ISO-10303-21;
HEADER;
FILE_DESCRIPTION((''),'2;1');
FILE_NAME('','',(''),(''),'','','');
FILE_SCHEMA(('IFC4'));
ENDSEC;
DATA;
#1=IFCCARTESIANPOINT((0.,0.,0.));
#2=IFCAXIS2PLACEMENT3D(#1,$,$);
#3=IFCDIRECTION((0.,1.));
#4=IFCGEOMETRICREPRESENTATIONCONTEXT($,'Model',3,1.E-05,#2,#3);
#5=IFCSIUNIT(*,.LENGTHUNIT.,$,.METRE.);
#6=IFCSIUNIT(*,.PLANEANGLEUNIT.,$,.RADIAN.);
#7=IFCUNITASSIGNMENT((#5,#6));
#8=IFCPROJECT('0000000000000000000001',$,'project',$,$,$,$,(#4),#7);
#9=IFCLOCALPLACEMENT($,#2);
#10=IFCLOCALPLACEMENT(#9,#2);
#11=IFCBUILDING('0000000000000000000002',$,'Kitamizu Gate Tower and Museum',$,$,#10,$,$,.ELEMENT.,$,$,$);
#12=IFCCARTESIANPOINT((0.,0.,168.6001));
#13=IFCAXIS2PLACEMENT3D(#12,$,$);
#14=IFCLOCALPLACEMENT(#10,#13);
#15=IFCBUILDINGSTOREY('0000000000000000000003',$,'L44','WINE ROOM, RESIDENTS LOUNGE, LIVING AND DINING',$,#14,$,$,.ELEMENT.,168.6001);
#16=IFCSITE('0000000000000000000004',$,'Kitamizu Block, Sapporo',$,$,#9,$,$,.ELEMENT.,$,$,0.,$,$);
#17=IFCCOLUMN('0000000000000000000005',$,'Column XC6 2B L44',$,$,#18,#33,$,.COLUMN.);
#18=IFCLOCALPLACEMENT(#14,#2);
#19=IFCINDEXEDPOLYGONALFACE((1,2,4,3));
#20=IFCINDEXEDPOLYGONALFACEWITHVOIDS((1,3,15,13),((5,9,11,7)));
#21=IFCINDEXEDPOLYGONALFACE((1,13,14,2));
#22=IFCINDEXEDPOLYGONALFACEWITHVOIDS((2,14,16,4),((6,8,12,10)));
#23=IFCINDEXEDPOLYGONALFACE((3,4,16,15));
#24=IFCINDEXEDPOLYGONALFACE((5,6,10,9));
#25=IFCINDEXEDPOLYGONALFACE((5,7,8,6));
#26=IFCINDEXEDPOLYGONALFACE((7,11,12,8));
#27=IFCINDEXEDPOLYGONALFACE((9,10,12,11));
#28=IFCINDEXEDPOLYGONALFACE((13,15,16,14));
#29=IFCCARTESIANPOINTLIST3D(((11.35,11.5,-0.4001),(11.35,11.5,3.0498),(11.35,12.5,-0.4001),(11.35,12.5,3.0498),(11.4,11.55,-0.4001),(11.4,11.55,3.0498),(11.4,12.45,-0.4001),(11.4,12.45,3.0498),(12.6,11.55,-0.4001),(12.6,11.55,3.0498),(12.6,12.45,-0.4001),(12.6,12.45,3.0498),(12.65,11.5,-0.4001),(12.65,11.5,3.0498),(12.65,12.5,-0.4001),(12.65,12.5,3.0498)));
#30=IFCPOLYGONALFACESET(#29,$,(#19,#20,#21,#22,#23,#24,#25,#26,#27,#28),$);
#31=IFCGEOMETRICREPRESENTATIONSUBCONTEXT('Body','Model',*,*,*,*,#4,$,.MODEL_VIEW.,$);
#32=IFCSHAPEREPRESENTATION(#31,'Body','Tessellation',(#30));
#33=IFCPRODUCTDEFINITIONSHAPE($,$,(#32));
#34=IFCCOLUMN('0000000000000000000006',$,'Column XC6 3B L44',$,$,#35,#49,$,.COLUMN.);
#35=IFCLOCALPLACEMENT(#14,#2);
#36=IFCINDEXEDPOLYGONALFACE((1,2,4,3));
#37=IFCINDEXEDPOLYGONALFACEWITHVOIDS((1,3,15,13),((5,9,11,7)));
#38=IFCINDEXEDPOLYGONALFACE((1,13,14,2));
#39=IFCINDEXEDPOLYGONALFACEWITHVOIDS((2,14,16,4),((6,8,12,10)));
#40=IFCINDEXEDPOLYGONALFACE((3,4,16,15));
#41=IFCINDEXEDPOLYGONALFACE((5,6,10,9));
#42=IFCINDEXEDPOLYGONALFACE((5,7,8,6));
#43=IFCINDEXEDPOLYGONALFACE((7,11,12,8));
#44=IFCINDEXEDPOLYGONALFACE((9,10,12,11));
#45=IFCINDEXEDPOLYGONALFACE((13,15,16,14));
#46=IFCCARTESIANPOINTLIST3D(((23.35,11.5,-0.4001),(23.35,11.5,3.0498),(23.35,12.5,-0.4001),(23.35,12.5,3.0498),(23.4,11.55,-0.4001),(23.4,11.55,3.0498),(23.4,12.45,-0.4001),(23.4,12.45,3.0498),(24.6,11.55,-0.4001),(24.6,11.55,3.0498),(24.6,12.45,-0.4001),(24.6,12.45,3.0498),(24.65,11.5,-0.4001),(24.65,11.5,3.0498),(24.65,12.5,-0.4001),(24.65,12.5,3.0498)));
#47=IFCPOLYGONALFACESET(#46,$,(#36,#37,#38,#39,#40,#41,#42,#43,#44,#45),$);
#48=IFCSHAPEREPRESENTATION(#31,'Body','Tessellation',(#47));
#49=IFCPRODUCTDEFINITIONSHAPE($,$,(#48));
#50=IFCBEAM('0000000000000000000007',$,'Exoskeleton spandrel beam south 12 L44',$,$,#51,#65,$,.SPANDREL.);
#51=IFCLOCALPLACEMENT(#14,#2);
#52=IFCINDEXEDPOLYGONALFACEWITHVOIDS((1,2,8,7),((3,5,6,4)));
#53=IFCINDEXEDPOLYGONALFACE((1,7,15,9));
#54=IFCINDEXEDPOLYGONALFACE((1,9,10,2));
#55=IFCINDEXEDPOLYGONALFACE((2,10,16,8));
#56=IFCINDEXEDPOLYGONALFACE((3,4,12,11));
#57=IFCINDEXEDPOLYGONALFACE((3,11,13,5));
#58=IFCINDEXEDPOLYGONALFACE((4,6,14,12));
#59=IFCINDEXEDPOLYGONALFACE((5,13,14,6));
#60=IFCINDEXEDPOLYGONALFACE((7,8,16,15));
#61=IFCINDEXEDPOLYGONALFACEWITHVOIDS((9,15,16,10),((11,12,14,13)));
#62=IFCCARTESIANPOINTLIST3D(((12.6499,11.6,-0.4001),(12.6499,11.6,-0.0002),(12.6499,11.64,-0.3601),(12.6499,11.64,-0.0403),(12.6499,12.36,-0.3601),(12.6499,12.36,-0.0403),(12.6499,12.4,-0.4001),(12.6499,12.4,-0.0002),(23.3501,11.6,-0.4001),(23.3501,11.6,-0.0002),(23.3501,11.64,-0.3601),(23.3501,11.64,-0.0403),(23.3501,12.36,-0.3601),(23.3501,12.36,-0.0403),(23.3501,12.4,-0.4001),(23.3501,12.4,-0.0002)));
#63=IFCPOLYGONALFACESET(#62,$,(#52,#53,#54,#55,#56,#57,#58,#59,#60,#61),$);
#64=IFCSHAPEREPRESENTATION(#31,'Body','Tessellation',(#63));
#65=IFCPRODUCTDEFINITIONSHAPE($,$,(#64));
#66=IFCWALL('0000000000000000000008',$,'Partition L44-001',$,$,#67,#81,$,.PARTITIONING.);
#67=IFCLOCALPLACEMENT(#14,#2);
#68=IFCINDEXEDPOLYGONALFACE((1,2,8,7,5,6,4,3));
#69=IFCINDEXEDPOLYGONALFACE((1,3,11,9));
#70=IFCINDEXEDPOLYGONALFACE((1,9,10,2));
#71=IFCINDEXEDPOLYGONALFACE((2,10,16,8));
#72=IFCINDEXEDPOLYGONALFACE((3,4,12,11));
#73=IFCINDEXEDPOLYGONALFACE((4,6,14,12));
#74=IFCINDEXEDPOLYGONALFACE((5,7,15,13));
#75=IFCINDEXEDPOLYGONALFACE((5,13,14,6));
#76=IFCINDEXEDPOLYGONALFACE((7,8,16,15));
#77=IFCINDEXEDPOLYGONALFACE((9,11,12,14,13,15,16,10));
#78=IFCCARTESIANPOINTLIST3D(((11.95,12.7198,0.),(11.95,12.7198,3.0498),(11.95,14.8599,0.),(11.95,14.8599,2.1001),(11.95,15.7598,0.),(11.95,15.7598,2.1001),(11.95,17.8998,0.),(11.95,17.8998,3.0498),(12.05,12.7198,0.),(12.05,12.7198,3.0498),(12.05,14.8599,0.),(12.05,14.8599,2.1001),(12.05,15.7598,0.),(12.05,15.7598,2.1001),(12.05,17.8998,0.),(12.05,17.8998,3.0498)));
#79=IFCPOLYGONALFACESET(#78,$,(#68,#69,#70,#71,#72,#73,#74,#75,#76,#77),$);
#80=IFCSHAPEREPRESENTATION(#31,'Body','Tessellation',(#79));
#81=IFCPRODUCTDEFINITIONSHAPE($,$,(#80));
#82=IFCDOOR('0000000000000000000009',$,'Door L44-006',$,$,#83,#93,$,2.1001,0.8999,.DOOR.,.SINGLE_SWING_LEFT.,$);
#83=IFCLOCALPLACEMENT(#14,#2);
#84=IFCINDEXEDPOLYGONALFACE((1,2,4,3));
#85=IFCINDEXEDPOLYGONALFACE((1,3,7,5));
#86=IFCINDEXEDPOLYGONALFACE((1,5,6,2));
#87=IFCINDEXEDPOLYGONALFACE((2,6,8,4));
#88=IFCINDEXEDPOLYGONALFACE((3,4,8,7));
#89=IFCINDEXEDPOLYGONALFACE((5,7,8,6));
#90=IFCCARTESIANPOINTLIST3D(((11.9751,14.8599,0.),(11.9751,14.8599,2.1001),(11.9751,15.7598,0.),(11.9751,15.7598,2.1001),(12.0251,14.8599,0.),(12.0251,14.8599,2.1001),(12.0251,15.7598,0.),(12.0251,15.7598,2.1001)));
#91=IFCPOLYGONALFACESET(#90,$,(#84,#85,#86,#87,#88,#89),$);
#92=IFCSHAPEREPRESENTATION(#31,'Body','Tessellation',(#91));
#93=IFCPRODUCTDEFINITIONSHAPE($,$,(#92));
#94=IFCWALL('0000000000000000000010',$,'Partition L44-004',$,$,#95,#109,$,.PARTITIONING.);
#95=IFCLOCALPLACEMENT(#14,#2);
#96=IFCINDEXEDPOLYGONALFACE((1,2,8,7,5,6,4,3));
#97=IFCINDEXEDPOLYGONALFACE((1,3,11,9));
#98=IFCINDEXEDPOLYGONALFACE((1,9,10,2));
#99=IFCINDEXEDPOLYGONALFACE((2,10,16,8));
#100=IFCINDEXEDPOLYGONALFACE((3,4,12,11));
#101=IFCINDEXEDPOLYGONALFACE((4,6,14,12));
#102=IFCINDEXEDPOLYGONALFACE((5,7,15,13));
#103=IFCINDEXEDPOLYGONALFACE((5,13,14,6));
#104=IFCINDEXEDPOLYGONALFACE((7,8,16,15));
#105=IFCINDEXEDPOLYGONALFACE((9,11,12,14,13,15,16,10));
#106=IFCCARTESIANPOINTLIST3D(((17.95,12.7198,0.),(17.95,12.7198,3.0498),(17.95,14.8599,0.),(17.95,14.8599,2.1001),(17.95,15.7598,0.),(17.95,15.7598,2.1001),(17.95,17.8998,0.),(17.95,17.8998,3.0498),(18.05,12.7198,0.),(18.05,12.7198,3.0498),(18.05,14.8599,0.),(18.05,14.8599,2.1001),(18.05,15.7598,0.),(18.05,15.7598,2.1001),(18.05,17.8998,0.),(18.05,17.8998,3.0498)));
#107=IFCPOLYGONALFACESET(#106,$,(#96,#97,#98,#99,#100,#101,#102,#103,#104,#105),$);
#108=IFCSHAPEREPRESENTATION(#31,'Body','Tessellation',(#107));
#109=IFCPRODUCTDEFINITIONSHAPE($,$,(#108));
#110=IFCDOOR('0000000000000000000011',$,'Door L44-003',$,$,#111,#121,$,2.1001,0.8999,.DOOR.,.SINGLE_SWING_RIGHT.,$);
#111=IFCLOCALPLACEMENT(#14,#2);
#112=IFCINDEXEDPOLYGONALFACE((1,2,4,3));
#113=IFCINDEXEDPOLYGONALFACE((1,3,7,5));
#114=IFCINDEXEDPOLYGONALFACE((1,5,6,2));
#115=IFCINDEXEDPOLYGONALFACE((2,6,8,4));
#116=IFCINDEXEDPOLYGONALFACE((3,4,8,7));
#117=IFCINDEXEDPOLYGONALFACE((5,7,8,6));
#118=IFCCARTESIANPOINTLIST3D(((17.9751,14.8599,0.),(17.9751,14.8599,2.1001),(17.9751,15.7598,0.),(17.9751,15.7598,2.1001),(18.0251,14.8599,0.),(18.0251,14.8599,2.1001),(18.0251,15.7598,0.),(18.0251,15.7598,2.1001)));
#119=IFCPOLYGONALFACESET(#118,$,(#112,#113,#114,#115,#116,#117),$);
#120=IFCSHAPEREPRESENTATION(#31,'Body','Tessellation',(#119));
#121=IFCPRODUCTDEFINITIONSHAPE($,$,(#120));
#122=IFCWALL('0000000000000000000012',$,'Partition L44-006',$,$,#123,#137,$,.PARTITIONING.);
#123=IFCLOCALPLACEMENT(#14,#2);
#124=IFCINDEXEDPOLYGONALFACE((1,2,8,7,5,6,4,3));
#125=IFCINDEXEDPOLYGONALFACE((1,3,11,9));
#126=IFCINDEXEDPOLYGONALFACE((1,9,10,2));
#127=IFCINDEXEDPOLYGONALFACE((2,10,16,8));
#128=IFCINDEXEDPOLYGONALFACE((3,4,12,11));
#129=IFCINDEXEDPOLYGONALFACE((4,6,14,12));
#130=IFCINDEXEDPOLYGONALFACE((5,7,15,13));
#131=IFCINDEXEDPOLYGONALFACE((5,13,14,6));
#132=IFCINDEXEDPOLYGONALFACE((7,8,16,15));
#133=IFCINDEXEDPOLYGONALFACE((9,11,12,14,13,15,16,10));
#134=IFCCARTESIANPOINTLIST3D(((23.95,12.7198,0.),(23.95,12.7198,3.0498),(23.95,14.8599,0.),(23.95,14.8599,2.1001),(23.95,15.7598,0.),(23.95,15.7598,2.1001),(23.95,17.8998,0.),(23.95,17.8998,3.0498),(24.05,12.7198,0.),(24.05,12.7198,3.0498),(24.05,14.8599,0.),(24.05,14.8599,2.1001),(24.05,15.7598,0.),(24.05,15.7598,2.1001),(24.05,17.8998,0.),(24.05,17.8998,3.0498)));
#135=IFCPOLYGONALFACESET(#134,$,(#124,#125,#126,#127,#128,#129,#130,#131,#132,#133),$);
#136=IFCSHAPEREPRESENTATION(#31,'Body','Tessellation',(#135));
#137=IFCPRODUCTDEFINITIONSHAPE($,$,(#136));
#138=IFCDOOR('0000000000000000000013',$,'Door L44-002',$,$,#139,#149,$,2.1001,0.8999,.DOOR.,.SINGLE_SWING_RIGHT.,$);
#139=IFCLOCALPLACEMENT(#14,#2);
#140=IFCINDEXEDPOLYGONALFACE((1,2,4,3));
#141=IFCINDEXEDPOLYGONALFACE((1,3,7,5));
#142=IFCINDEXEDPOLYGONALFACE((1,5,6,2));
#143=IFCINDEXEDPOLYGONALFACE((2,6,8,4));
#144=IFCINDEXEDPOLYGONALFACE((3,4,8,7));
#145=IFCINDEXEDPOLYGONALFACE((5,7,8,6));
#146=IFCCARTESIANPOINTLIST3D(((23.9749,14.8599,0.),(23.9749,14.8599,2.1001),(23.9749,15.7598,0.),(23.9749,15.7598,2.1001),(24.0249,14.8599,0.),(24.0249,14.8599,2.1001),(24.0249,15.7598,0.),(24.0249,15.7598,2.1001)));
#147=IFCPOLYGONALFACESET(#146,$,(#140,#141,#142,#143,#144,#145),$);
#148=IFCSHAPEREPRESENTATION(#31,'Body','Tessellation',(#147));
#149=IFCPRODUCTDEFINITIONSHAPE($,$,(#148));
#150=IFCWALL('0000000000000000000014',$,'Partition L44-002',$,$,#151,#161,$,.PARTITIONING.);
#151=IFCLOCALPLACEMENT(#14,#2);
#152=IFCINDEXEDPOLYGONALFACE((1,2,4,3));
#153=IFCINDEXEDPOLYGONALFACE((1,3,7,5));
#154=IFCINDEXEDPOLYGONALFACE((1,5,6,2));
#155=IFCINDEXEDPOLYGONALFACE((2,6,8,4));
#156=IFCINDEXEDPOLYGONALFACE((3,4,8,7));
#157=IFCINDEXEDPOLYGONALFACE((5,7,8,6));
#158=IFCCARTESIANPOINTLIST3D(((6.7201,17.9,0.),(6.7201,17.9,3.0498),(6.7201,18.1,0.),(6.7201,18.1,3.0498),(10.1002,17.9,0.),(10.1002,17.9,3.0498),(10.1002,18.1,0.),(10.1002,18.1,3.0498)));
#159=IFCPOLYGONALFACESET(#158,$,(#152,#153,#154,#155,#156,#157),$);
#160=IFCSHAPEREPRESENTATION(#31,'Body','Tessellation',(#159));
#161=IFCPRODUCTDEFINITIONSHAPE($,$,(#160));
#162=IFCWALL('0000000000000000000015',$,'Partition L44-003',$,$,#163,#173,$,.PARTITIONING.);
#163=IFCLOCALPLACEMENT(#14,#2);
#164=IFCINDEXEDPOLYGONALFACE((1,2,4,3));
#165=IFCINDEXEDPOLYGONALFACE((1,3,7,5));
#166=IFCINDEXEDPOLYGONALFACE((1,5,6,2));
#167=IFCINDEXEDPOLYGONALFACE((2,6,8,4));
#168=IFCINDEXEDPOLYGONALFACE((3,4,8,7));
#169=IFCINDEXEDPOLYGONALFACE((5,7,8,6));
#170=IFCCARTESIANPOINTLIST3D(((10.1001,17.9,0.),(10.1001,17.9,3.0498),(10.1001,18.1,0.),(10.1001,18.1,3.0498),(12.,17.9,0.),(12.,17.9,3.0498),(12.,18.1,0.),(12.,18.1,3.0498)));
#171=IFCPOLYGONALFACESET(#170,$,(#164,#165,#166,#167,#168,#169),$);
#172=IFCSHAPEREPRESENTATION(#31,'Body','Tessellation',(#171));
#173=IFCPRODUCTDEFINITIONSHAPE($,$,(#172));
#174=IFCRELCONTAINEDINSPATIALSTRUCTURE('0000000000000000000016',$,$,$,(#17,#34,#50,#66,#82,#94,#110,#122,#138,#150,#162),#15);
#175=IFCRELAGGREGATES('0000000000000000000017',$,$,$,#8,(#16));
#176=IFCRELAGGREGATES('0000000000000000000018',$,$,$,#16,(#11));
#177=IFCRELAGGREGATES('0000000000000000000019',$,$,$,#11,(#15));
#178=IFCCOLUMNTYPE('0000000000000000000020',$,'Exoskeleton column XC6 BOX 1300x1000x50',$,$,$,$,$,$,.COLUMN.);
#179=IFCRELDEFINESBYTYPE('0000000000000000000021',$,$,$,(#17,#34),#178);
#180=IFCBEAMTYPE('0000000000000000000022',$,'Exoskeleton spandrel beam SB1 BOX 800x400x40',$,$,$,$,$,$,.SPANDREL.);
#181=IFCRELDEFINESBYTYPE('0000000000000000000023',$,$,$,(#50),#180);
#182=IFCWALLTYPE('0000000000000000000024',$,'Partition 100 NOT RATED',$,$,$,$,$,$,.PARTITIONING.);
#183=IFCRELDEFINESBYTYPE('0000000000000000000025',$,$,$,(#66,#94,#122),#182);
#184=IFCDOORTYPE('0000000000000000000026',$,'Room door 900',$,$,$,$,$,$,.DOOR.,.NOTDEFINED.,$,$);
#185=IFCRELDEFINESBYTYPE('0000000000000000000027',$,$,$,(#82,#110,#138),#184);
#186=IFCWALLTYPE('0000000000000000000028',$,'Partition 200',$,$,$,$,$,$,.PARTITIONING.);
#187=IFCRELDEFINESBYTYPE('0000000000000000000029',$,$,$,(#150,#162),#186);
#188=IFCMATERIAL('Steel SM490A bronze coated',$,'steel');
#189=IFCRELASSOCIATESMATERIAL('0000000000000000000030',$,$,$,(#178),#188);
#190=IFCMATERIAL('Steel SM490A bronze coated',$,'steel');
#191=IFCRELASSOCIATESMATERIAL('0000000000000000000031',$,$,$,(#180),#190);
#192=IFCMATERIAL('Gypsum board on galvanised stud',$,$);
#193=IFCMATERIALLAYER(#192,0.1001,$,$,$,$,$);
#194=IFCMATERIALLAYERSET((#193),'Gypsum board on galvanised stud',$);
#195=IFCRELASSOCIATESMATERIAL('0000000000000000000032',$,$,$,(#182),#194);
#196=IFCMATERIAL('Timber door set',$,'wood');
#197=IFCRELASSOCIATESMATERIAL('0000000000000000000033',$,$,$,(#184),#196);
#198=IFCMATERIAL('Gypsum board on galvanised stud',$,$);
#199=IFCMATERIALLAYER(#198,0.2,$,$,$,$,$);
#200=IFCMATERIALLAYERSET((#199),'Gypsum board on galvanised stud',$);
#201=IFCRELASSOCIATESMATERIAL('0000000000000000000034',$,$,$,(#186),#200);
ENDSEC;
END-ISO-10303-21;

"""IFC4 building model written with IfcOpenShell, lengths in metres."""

from ifc_helpers import new_model, si_unit, direction, frame, frame_2d, origin, origin_2d, place, context, subcontext, project, spatial, rectangle, hollow_rectangle, extrude, material, layer, layer_set, material_profile, profile_set, type_object, element, fill, save


model = new_model("IFC4")

# Units and contexts
model_context = context("Model", 3, precision=1e-05, world=origin(), true_north=direction((0.0, 1.0)))
body_context = subcontext(model_context, "Body", "Model", "MODEL_VIEW")
ifc_project = project(units=[si_unit("LENGTHUNIT", "METRE"), si_unit("PLANEANGLEUNIT", "RADIAN")], contexts=[model_context])

# Site, building, storey
site_placement = place(None, origin())
site = spatial("IfcSite", under=ifc_project, at=site_placement, Name="Kitamizu Block, Sapporo", CompositionType="ELEMENT", RefElevation=0.0)
building_placement = place(site_placement, origin())
building = spatial("IfcBuilding", under=site, at=building_placement, Name="Kitamizu Gate Tower and Museum", CompositionType="ELEMENT")
storey_placement = place(building_placement, frame((0.0, 0.0, 168.6001)))
storey = spatial("IfcBuildingStorey", under=building, at=storey_placement, Name="L44", Description="WINE ROOM, RESIDENTS LOUNGE, LIVING AND DINING", CompositionType="ELEMENT", Elevation=168.6001)

# Columns
ifc_material_1 = material(Name="Steel SM490A bronze coated", Category="steel")
ifc_material_profile_1 = material_profile(ifc_material_1, hollow_rectangle(XDim=1.3, YDim=1.0, WallThickness=0.05, at=origin_2d()), Name="BOX 1300x1000x50")
ifc_profile_set_1 = profile_set([ifc_material_profile_1], Name="Steel SM490A bronze coated")
column_type = type_object("IfcColumnType", Name="Exoskeleton column XC6 BOX 1300x1000x50", PredefinedType="COLUMN", material=ifc_profile_set_1)
for number, where, z_axis, x_axis, name in (
    (1, (12.0, 12.0, -0.4001), (0.0, 0.0, 1.0), (1.0, 0.0, 0.0), "Column XC6 2B L44"),
    (2, (24.0, 12.0, -0.4001), (0.0, 0.0, 1.0), (1.0, 0.0, 0.0), "Column XC6 3B L44"),
):
    element("IfcColumn", number, at=place(storey_placement, frame(where, z_axis=z_axis, x_axis=x_axis)), inside=storey, type_object=column_type, Name=name, PredefinedType="COLUMN", context=body_context, shape_type="SweptSolid", body=[
        extrude(hollow_rectangle(XDim=1.3, YDim=1.0, WallThickness=0.05, at=origin_2d()), origin(), (0.0, 0.0, 1.0), 3.45),
    ])

# Beam
ifc_material_2 = material(Name="Steel SM490A bronze coated", Category="steel")
ifc_material_profile_2 = material_profile(ifc_material_2, hollow_rectangle(XDim=0.8, YDim=0.3999, WallThickness=0.04, at=origin_2d()), Name="BOX 800x400x40")
ifc_profile_set_2 = profile_set([ifc_material_profile_2], Name="Steel SM490A bronze coated")
beam_type = type_object("IfcBeamType", Name="Exoskeleton spandrel beam SB1 BOX 800x400x40", PredefinedType="SPANDREL", material=ifc_profile_set_2)
beam_placement = place(storey_placement, frame((12.6499, 12.0, -0.2002), z_axis=(1.0, 0.0, 0.0), x_axis=(0.0, 1.0, 0.0)))
element("IfcBeam", 3, at=beam_placement, inside=storey, type_object=beam_type, Name="Exoskeleton spandrel beam south 12 L44", PredefinedType="SPANDREL", context=body_context, shape_type="SweptSolid", body=[
    extrude(hollow_rectangle(XDim=0.8, YDim=0.3999, WallThickness=0.04, at=origin_2d()), origin(), (0.0, 0.0, 1.0), 10.7002),
])

# Walls, openings, doors
ifc_material_3 = material(Name="Gypsum board on galvanised stud")
ifc_layer_1 = layer(ifc_material_3, 0.1001)
ifc_layer_set_1 = layer_set([ifc_layer_1], Name="Gypsum board on galvanised stud")
wall_type_1 = type_object("IfcWallType", Name="Partition 100 NOT RATED", PredefinedType="PARTITIONING", material=ifc_layer_set_1)
wall_1_placement = place(storey_placement, frame((12.0, 12.72, 0.0), z_axis=(0.0, 0.0, 1.0), x_axis=(0.0, 1.0, 0.0)))
wall_1 = element("IfcWall", 4, at=wall_1_placement, inside=storey, type_object=wall_type_1, Name="Partition L44-001", PredefinedType="PARTITIONING", context=body_context, shape_type="SweptSolid", body=[
    extrude(rectangle(XDim=5.1799, YDim=0.1001, at=frame_2d((2.5898, 0.0))), origin(), (0.0, 0.0, 1.0), 3.0498),
])
opening_1_placement = place(wall_1_placement, frame((2.1399, 0.0, 0.0)))
opening_1 = element("IfcOpeningElement", 5, at=opening_1_placement, cuts=wall_1, PredefinedType="OPENING", context=body_context, shape_type="SweptSolid", body=[
    extrude(rectangle(XDim=0.8999, YDim=2.1001, at=frame_2d((0.45, 1.05))), frame((0.0, 0.0601, 0.0), z_axis=(0.0, -1.0, 0.0), x_axis=(1.0, 0.0, 0.0)), (0.0, 0.0, 1.0), 0.1201),
])
ifc_material_4 = material(Name="Timber door set", Category="wood")
door_type_1 = type_object("IfcDoorType", Name="Room door 900", OperationType="NOTDEFINED", PredefinedType="DOOR", material=ifc_material_4)
door_1_placement = place(opening_1_placement, origin())
door_1 = element("IfcDoor", 6, at=door_1_placement, inside=storey, type_object=door_type_1, Name="Door L44-006", OperationType="SINGLE_SWING_LEFT", OverallHeight=2.1001, OverallWidth=0.8999, PredefinedType="DOOR", context=body_context, shape_type="SweptSolid", body=[
    extrude(rectangle(XDim=0.8999, YDim=2.1001, at=frame_2d((0.45, 1.05))), frame((0.0, 0.0249, 0.0), z_axis=(0.0, -1.0, 0.0), x_axis=(1.0, 0.0, 0.0)), (0.0, 0.0, 1.0), 0.05),
])
fill(opening_1, door_1)
wall_2_placement = place(storey_placement, frame((18.0, 12.72, 0.0), z_axis=(0.0, 0.0, 1.0), x_axis=(0.0, 1.0, 0.0)))
wall_2 = element("IfcWall", 7, at=wall_2_placement, inside=storey, type_object=wall_type_1, Name="Partition L44-004", PredefinedType="PARTITIONING", context=body_context, shape_type="SweptSolid", body=[
    extrude(rectangle(XDim=5.1799, YDim=0.1001, at=frame_2d((2.5898, 0.0))), origin(), (0.0, 0.0, 1.0), 3.0498),
])
opening_2_placement = place(wall_2_placement, frame((2.1399, 0.0, 0.0)))
opening_2 = element("IfcOpeningElement", 8, at=opening_2_placement, cuts=wall_2, PredefinedType="OPENING", context=body_context, shape_type="SweptSolid", body=[
    extrude(rectangle(XDim=0.8999, YDim=2.1001, at=frame_2d((0.45, 1.05))), frame((0.0, 0.0601, 0.0), z_axis=(0.0, -1.0, 0.0), x_axis=(1.0, 0.0, 0.0)), (0.0, 0.0, 1.0), 0.1201),
])
door_2_placement = place(opening_2_placement, origin())
door_2 = element("IfcDoor", 9, at=door_2_placement, inside=storey, type_object=door_type_1, Name="Door L44-003", OperationType="SINGLE_SWING_RIGHT", OverallHeight=2.1001, OverallWidth=0.8999, PredefinedType="DOOR", context=body_context, shape_type="SweptSolid", body=[
    extrude(rectangle(XDim=0.8999, YDim=2.1001, at=frame_2d((0.45, 1.05))), frame((0.0, 0.0249, 0.0), z_axis=(0.0, -1.0, 0.0), x_axis=(1.0, 0.0, 0.0)), (0.0, 0.0, 1.0), 0.05),
])
fill(opening_2, door_2)
wall_3_placement = place(storey_placement, frame((24.0, 12.72, 0.0), z_axis=(0.0, 0.0, 1.0), x_axis=(0.0, 1.0, 0.0)))
wall_3 = element("IfcWall", 10, at=wall_3_placement, inside=storey, type_object=wall_type_1, Name="Partition L44-006", PredefinedType="PARTITIONING", context=body_context, shape_type="SweptSolid", body=[
    extrude(rectangle(XDim=5.1799, YDim=0.1001, at=frame_2d((2.5898, 0.0))), origin(), (0.0, 0.0, 1.0), 3.0498),
])
opening_3_placement = place(wall_3_placement, frame((2.1399, 0.0, 0.0)))
opening_3 = element("IfcOpeningElement", 11, at=opening_3_placement, cuts=wall_3, PredefinedType="OPENING", context=body_context, shape_type="SweptSolid", body=[
    extrude(rectangle(XDim=0.8999, YDim=2.1001, at=frame_2d((0.45, 1.05))), frame((0.0, 0.0601, 0.0), z_axis=(0.0, -1.0, 0.0), x_axis=(1.0, 0.0, 0.0)), (0.0, 0.0, 1.0), 0.1201),
])
door_3_placement = place(opening_3_placement, frame((0.8999, 0.0, 0.0), x_axis=(-1.0, 0.0, 0.0)))
door_3 = element("IfcDoor", 12, at=door_3_placement, inside=storey, type_object=door_type_1, Name="Door L44-002", OperationType="SINGLE_SWING_RIGHT", OverallHeight=2.1001, OverallWidth=0.8999, PredefinedType="DOOR", context=body_context, shape_type="SweptSolid", body=[
    extrude(rectangle(XDim=0.8999, YDim=2.1001, at=frame_2d((0.45, 1.05))), frame((0.0, 0.0249, 0.0), z_axis=(0.0, -1.0, 0.0), x_axis=(1.0, 0.0, 0.0)), (0.0, 0.0, 1.0), 0.05),
])
fill(opening_3, door_3)

# Walls
ifc_material_5 = material(Name="Gypsum board on galvanised stud")
ifc_layer_2 = layer(ifc_material_5, 0.2)
ifc_layer_set_2 = layer_set([ifc_layer_2], Name="Gypsum board on galvanised stud")
wall_type_2 = type_object("IfcWallType", Name="Partition 200", PredefinedType="PARTITIONING", material=ifc_layer_set_2)
wall_4_placement = place(storey_placement, frame((10.1001, 18.0, 0.0), z_axis=(0.0, 0.0, 1.0), x_axis=(-1.0, 0.0, 0.0)))
element("IfcWall", 13, at=wall_4_placement, inside=storey, type_object=wall_type_2, Name="Partition L44-002", PredefinedType="PARTITIONING", context=body_context, shape_type="SweptSolid", body=[
    extrude(rectangle(XDim=3.3801, YDim=0.2, at=frame_2d((1.6899, 0.0))), origin(), (0.0, 0.0, 1.0), 3.0498),
])
wall_5_placement = place(storey_placement, frame((12.0, 18.0, 0.0), z_axis=(0.0, 0.0, 1.0), x_axis=(-1.0, 0.0, 0.0)))
element("IfcWall", 14, at=wall_5_placement, inside=storey, type_object=wall_type_2, Name="Partition L44-003", PredefinedType="PARTITIONING", context=body_context, shape_type="SweptSolid", body=[
    extrude(rectangle(XDim=1.8999, YDim=0.2, at=frame_2d((0.95, 0.0))), origin(), (0.0, 0.0, 1.0), 3.0498),
])

save(model, "model.ifc")
